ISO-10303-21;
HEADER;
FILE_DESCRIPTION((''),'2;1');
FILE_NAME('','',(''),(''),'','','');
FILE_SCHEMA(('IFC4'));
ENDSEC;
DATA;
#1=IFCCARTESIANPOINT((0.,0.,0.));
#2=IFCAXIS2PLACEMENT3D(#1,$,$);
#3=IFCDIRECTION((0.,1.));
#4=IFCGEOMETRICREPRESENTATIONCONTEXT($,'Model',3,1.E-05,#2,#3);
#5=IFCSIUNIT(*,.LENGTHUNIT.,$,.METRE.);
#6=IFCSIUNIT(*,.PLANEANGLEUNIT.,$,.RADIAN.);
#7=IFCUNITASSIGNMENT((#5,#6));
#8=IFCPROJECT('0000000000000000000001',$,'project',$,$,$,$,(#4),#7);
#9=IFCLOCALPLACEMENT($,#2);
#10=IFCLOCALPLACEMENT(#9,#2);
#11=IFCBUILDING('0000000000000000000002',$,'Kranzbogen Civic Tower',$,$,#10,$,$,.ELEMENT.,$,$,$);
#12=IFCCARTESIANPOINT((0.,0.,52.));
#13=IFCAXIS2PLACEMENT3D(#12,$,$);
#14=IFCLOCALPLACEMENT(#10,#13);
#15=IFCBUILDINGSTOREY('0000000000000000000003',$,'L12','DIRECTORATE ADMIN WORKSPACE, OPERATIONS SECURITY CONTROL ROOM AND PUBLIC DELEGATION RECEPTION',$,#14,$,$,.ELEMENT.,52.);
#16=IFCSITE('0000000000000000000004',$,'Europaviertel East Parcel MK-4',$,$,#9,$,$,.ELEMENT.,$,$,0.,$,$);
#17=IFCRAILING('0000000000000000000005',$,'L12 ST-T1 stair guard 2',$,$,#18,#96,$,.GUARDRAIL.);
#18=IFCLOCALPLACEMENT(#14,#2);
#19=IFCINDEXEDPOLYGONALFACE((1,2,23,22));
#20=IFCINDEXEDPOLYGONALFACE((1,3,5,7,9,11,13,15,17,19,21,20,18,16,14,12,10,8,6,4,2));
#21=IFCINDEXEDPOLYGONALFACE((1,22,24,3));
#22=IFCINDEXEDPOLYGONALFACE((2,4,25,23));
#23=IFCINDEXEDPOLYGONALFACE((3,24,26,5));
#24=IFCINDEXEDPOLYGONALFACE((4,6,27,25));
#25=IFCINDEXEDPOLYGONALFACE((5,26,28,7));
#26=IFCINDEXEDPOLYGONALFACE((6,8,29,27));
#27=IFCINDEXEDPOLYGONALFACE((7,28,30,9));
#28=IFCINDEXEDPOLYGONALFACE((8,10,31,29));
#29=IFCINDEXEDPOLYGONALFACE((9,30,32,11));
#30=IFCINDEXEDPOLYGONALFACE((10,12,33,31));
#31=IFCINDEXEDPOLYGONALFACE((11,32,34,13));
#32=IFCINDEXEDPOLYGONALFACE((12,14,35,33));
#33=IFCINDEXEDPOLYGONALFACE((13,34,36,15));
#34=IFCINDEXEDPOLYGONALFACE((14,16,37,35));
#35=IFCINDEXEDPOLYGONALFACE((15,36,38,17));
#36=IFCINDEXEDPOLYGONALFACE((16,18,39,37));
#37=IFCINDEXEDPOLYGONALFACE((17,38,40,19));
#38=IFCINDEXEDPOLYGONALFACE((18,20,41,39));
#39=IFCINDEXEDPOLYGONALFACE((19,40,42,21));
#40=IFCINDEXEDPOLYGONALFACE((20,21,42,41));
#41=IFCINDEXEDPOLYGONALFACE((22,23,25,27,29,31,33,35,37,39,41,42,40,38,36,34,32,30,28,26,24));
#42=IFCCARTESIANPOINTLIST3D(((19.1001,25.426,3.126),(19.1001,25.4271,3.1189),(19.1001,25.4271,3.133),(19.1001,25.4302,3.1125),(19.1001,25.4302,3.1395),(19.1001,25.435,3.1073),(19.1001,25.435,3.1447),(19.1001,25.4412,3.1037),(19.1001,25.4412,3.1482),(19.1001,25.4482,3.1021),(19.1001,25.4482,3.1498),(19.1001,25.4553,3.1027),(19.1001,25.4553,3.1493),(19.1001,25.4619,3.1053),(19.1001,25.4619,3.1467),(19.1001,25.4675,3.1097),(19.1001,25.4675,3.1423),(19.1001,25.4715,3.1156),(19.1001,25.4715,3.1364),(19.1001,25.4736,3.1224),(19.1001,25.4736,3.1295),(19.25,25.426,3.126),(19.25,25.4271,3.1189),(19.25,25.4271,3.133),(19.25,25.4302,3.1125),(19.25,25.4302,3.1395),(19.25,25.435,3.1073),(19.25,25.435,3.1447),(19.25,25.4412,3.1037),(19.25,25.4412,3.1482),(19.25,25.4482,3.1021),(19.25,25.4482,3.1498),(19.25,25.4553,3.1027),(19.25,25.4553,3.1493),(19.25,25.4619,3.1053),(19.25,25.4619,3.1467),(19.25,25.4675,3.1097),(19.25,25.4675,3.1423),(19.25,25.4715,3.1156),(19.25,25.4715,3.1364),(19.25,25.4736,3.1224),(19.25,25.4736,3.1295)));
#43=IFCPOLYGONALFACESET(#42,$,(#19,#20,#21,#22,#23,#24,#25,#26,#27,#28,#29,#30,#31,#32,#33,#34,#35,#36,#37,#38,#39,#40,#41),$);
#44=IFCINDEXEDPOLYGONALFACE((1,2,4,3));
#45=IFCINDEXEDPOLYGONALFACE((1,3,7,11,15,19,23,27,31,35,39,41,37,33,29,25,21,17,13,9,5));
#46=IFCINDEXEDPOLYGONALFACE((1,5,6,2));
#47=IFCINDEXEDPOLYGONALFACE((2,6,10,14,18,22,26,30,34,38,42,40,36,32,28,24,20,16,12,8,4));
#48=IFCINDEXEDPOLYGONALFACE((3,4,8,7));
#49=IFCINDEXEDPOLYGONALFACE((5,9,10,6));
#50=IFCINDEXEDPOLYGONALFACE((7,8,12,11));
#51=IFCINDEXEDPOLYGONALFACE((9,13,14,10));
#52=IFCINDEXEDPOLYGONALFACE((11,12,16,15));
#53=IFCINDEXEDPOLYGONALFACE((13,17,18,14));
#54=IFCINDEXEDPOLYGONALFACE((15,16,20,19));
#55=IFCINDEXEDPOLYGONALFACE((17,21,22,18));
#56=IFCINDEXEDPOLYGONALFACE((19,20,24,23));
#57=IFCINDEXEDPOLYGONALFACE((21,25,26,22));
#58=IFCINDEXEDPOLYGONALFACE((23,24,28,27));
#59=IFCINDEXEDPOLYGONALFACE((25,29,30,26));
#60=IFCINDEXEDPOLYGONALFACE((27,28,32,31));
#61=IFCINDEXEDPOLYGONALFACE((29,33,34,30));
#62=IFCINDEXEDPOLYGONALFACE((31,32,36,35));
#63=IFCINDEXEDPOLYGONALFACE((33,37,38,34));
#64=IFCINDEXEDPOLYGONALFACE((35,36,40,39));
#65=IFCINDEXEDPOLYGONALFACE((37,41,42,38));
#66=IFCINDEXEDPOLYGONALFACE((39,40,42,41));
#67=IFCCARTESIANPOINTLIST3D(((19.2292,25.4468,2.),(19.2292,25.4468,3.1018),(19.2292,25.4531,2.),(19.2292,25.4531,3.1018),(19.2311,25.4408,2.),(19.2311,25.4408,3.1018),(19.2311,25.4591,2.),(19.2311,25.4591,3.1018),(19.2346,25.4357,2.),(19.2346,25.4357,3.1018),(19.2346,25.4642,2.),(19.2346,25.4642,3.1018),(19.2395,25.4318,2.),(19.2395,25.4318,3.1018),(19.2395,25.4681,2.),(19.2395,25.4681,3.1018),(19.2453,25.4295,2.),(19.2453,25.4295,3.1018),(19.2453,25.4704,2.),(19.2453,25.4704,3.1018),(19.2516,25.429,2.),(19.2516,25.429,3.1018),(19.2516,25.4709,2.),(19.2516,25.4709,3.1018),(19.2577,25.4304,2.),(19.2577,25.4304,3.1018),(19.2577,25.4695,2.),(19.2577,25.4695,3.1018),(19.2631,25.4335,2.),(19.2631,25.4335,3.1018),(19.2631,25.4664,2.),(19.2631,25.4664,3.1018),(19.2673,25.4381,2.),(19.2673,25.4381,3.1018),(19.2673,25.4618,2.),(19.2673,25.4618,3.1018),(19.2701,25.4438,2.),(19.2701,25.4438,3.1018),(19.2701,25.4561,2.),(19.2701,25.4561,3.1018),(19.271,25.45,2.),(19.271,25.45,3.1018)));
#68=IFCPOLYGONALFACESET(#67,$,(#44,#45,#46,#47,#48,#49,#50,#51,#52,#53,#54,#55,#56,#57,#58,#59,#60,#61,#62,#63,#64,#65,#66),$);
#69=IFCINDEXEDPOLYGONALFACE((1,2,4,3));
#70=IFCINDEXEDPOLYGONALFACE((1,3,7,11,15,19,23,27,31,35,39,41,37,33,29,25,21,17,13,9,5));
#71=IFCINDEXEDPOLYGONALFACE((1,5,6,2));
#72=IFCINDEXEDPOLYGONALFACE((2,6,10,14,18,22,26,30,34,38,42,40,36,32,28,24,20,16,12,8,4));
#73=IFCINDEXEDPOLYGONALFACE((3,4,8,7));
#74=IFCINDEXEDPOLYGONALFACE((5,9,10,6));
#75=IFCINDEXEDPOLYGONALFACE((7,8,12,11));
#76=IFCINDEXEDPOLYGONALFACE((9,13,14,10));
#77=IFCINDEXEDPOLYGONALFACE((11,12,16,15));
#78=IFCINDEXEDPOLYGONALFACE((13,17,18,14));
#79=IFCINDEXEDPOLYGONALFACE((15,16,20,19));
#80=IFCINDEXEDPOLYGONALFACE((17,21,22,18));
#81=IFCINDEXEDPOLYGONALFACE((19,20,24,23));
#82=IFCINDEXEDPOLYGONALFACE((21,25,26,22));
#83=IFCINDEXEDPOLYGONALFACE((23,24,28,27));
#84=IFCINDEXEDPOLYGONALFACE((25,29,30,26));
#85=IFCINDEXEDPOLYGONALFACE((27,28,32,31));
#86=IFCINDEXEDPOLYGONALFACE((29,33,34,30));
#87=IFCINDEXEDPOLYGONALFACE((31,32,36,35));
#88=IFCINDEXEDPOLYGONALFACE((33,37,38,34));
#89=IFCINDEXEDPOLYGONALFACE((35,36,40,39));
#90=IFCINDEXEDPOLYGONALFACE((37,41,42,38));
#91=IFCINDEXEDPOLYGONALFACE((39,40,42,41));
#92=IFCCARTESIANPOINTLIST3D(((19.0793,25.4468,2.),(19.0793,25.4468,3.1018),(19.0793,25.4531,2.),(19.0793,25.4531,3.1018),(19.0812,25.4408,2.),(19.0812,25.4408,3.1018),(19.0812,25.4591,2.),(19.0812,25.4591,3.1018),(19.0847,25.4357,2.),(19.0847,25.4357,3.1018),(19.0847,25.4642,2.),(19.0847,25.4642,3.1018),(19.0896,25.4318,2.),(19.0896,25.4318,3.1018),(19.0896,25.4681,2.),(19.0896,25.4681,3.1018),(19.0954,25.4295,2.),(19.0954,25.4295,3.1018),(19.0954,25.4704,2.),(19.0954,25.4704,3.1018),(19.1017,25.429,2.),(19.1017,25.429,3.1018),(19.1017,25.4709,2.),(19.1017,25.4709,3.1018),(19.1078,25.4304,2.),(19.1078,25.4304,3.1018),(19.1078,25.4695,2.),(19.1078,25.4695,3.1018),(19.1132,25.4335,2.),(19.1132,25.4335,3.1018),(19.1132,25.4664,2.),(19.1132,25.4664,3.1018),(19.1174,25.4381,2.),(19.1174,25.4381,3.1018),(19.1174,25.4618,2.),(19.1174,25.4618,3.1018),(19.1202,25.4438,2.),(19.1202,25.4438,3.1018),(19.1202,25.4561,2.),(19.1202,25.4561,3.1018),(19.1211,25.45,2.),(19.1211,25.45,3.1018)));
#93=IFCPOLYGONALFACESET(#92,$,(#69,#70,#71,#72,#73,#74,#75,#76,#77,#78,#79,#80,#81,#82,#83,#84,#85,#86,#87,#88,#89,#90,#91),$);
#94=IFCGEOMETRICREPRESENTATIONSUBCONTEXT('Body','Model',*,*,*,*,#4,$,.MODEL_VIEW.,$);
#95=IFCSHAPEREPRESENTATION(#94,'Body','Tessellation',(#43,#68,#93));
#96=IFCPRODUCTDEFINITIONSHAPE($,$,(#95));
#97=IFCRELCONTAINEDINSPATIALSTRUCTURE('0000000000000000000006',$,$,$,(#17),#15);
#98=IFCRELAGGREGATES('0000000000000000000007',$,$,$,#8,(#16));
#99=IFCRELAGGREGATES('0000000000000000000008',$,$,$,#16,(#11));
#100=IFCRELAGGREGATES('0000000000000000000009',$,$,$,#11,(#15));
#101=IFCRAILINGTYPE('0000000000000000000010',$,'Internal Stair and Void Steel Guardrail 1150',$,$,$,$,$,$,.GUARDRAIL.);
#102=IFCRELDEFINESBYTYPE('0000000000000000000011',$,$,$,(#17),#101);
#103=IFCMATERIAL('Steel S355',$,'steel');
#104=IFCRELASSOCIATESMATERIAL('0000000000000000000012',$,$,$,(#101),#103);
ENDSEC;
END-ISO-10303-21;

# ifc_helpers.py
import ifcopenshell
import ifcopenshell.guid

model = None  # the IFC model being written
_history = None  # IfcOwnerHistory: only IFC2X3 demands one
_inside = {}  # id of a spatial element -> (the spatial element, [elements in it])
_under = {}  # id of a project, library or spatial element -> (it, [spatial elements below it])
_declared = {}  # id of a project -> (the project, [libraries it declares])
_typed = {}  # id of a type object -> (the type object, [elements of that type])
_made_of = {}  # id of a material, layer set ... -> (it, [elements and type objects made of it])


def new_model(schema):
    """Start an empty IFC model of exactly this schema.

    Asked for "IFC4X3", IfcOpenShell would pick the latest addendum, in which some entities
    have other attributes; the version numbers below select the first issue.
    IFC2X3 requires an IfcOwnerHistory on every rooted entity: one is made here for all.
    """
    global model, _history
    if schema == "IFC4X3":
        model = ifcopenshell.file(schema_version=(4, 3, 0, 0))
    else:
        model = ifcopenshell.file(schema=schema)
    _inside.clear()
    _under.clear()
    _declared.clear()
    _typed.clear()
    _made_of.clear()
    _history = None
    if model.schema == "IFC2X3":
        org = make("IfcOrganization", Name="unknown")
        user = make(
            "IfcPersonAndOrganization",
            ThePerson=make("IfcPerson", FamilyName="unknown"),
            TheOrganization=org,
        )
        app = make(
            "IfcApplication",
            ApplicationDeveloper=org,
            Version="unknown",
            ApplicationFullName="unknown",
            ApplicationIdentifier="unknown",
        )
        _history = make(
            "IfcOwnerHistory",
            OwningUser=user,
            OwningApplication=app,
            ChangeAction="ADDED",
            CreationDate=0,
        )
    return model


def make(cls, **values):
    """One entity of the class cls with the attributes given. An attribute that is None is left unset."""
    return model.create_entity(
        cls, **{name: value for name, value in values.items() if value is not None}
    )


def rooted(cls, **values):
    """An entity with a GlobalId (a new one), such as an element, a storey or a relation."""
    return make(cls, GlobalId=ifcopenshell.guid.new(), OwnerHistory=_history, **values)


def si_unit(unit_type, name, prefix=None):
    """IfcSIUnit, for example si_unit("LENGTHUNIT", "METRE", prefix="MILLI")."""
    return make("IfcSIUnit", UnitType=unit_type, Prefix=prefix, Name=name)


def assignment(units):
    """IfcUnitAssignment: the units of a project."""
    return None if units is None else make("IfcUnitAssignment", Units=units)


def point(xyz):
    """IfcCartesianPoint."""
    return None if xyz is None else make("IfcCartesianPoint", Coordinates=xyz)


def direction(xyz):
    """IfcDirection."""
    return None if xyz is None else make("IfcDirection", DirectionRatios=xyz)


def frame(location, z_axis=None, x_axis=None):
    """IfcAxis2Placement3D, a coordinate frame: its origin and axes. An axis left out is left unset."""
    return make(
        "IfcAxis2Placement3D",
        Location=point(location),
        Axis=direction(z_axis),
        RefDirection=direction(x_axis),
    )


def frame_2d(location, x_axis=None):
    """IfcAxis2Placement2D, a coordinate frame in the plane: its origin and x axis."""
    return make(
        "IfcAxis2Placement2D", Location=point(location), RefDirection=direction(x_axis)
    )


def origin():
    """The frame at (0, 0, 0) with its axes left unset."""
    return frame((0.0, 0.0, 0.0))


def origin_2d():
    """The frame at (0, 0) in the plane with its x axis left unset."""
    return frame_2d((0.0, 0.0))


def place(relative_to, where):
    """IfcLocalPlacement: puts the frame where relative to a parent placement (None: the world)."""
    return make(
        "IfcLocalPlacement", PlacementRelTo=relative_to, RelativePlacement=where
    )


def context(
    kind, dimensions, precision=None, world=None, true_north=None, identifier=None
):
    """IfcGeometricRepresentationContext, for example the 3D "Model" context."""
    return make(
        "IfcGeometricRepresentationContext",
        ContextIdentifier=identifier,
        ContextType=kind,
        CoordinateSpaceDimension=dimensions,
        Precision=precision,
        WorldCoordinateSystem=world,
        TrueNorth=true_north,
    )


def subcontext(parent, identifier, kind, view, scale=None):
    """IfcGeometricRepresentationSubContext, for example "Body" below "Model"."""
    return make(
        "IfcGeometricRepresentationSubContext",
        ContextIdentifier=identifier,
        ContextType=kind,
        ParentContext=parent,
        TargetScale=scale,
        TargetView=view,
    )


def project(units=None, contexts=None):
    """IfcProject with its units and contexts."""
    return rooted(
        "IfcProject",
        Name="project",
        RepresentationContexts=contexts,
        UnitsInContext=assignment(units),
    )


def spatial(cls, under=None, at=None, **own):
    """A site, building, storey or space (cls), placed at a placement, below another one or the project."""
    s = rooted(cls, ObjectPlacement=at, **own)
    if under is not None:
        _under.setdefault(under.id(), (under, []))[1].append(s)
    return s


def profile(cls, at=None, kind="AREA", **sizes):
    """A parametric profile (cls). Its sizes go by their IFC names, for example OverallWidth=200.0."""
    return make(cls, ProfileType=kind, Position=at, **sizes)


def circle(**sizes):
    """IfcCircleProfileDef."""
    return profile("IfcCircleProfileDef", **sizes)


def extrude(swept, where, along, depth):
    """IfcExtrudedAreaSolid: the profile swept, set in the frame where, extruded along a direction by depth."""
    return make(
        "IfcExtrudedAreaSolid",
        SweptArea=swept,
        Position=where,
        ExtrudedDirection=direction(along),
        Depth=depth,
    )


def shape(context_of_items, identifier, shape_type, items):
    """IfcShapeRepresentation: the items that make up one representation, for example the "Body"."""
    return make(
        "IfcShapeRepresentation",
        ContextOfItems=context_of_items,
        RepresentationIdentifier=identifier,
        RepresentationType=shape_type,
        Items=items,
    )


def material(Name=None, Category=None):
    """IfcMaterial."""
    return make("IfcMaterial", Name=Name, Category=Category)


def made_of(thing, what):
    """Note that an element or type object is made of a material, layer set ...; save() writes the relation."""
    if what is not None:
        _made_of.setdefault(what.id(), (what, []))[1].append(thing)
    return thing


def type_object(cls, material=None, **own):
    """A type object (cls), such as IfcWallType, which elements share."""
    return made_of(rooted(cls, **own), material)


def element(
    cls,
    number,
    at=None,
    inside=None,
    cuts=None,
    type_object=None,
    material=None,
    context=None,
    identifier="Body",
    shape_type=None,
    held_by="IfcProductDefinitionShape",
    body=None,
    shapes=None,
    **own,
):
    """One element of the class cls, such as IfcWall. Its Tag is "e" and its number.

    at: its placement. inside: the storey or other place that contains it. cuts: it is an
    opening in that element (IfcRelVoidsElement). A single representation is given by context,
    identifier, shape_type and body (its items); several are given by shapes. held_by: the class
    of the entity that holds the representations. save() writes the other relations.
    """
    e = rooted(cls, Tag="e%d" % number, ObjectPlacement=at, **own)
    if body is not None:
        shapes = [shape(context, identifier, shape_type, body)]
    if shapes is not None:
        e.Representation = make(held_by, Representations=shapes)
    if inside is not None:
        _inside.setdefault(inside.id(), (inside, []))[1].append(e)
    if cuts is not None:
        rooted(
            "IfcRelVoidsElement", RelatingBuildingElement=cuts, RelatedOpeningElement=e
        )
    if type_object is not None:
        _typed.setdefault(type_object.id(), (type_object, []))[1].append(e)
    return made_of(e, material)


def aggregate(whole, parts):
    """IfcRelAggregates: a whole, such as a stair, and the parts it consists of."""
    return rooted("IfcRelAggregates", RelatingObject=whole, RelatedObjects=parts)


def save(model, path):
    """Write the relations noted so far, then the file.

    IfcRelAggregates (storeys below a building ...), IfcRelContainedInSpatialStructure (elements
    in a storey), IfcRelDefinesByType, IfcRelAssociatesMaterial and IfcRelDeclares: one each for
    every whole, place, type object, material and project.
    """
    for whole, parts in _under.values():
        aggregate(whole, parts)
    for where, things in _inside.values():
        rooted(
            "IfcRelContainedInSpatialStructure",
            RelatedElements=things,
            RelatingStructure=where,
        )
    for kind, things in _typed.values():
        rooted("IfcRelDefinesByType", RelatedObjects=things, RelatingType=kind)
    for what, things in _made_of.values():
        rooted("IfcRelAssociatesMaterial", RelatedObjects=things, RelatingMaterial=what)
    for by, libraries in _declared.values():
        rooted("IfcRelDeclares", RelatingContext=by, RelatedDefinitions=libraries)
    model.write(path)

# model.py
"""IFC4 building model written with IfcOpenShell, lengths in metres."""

from ifc_helpers import new_model, si_unit, direction, frame, origin, origin_2d, place, context, subcontext, project, spatial, circle, extrude, material, type_object, element, save


model = new_model("IFC4")

# Units and contexts
model_context = context("Model", 3, precision=1e-05, world=origin(), true_north=direction((0.0, 1.0)))
body_context = subcontext(model_context, "Body", "Model", "MODEL_VIEW")
ifc_project = project(units=[si_unit("LENGTHUNIT", "METRE"), si_unit("PLANEANGLEUNIT", "RADIAN")], contexts=[model_context])

# Site, building, storey
site_placement = place(None, origin())
site = spatial("IfcSite", under=ifc_project, at=site_placement, Name="Europaviertel East Parcel MK-4", CompositionType="ELEMENT", RefElevation=0.0)
building_placement = place(site_placement, origin())
building = spatial("IfcBuilding", under=site, at=building_placement, Name="Kranzbogen Civic Tower", CompositionType="ELEMENT")
storey_placement = place(building_placement, frame((0.0, 0.0, 52.0)))
storey = spatial("IfcBuildingStorey", under=building, at=storey_placement, Name="L12", Description="DIRECTORATE ADMIN WORKSPACE, OPERATIONS SECURITY CONTROL ROOM AND PUBLIC DELEGATION RECEPTION", CompositionType="ELEMENT", Elevation=52.0)

# Shared definitions
ifc_material_1 = material(Name="Steel S355", Category="steel")

# Railing
railing_type_1 = type_object("IfcRailingType", Name="Internal Stair and Void Steel Guardrail 1150", PredefinedType="GUARDRAIL", material=ifc_material_1)
railing_1_placement = place(storey_placement, frame((19.25, 25.45, 2.0)))
element("IfcRailing", 1, at=railing_1_placement, inside=storey, type_object=railing_type_1, Name="L12 ST-T1 stair guard 2", PredefinedType="GUARDRAIL", context=body_context, shape_type="SweptSolid", body=[
    extrude(circle(Radius=0.0239, at=origin_2d()), frame((0.0, 0.0, 1.126), z_axis=(-1.0, 0.0, 0.0), x_axis=(0.0, -1.0, 0.0)), (0.0, 0.0, 1.0), 0.1499),
    extrude(circle(Radius=0.021, at=origin_2d()), origin(), (0.0, 0.0, 1.0), 1.1018),
    extrude(circle(Radius=0.021, at=origin_2d()), frame((-0.1499, 0.0, 0.0)), (0.0, 0.0, 1.0), 1.1018),
])

save(model, "model.ifc")
